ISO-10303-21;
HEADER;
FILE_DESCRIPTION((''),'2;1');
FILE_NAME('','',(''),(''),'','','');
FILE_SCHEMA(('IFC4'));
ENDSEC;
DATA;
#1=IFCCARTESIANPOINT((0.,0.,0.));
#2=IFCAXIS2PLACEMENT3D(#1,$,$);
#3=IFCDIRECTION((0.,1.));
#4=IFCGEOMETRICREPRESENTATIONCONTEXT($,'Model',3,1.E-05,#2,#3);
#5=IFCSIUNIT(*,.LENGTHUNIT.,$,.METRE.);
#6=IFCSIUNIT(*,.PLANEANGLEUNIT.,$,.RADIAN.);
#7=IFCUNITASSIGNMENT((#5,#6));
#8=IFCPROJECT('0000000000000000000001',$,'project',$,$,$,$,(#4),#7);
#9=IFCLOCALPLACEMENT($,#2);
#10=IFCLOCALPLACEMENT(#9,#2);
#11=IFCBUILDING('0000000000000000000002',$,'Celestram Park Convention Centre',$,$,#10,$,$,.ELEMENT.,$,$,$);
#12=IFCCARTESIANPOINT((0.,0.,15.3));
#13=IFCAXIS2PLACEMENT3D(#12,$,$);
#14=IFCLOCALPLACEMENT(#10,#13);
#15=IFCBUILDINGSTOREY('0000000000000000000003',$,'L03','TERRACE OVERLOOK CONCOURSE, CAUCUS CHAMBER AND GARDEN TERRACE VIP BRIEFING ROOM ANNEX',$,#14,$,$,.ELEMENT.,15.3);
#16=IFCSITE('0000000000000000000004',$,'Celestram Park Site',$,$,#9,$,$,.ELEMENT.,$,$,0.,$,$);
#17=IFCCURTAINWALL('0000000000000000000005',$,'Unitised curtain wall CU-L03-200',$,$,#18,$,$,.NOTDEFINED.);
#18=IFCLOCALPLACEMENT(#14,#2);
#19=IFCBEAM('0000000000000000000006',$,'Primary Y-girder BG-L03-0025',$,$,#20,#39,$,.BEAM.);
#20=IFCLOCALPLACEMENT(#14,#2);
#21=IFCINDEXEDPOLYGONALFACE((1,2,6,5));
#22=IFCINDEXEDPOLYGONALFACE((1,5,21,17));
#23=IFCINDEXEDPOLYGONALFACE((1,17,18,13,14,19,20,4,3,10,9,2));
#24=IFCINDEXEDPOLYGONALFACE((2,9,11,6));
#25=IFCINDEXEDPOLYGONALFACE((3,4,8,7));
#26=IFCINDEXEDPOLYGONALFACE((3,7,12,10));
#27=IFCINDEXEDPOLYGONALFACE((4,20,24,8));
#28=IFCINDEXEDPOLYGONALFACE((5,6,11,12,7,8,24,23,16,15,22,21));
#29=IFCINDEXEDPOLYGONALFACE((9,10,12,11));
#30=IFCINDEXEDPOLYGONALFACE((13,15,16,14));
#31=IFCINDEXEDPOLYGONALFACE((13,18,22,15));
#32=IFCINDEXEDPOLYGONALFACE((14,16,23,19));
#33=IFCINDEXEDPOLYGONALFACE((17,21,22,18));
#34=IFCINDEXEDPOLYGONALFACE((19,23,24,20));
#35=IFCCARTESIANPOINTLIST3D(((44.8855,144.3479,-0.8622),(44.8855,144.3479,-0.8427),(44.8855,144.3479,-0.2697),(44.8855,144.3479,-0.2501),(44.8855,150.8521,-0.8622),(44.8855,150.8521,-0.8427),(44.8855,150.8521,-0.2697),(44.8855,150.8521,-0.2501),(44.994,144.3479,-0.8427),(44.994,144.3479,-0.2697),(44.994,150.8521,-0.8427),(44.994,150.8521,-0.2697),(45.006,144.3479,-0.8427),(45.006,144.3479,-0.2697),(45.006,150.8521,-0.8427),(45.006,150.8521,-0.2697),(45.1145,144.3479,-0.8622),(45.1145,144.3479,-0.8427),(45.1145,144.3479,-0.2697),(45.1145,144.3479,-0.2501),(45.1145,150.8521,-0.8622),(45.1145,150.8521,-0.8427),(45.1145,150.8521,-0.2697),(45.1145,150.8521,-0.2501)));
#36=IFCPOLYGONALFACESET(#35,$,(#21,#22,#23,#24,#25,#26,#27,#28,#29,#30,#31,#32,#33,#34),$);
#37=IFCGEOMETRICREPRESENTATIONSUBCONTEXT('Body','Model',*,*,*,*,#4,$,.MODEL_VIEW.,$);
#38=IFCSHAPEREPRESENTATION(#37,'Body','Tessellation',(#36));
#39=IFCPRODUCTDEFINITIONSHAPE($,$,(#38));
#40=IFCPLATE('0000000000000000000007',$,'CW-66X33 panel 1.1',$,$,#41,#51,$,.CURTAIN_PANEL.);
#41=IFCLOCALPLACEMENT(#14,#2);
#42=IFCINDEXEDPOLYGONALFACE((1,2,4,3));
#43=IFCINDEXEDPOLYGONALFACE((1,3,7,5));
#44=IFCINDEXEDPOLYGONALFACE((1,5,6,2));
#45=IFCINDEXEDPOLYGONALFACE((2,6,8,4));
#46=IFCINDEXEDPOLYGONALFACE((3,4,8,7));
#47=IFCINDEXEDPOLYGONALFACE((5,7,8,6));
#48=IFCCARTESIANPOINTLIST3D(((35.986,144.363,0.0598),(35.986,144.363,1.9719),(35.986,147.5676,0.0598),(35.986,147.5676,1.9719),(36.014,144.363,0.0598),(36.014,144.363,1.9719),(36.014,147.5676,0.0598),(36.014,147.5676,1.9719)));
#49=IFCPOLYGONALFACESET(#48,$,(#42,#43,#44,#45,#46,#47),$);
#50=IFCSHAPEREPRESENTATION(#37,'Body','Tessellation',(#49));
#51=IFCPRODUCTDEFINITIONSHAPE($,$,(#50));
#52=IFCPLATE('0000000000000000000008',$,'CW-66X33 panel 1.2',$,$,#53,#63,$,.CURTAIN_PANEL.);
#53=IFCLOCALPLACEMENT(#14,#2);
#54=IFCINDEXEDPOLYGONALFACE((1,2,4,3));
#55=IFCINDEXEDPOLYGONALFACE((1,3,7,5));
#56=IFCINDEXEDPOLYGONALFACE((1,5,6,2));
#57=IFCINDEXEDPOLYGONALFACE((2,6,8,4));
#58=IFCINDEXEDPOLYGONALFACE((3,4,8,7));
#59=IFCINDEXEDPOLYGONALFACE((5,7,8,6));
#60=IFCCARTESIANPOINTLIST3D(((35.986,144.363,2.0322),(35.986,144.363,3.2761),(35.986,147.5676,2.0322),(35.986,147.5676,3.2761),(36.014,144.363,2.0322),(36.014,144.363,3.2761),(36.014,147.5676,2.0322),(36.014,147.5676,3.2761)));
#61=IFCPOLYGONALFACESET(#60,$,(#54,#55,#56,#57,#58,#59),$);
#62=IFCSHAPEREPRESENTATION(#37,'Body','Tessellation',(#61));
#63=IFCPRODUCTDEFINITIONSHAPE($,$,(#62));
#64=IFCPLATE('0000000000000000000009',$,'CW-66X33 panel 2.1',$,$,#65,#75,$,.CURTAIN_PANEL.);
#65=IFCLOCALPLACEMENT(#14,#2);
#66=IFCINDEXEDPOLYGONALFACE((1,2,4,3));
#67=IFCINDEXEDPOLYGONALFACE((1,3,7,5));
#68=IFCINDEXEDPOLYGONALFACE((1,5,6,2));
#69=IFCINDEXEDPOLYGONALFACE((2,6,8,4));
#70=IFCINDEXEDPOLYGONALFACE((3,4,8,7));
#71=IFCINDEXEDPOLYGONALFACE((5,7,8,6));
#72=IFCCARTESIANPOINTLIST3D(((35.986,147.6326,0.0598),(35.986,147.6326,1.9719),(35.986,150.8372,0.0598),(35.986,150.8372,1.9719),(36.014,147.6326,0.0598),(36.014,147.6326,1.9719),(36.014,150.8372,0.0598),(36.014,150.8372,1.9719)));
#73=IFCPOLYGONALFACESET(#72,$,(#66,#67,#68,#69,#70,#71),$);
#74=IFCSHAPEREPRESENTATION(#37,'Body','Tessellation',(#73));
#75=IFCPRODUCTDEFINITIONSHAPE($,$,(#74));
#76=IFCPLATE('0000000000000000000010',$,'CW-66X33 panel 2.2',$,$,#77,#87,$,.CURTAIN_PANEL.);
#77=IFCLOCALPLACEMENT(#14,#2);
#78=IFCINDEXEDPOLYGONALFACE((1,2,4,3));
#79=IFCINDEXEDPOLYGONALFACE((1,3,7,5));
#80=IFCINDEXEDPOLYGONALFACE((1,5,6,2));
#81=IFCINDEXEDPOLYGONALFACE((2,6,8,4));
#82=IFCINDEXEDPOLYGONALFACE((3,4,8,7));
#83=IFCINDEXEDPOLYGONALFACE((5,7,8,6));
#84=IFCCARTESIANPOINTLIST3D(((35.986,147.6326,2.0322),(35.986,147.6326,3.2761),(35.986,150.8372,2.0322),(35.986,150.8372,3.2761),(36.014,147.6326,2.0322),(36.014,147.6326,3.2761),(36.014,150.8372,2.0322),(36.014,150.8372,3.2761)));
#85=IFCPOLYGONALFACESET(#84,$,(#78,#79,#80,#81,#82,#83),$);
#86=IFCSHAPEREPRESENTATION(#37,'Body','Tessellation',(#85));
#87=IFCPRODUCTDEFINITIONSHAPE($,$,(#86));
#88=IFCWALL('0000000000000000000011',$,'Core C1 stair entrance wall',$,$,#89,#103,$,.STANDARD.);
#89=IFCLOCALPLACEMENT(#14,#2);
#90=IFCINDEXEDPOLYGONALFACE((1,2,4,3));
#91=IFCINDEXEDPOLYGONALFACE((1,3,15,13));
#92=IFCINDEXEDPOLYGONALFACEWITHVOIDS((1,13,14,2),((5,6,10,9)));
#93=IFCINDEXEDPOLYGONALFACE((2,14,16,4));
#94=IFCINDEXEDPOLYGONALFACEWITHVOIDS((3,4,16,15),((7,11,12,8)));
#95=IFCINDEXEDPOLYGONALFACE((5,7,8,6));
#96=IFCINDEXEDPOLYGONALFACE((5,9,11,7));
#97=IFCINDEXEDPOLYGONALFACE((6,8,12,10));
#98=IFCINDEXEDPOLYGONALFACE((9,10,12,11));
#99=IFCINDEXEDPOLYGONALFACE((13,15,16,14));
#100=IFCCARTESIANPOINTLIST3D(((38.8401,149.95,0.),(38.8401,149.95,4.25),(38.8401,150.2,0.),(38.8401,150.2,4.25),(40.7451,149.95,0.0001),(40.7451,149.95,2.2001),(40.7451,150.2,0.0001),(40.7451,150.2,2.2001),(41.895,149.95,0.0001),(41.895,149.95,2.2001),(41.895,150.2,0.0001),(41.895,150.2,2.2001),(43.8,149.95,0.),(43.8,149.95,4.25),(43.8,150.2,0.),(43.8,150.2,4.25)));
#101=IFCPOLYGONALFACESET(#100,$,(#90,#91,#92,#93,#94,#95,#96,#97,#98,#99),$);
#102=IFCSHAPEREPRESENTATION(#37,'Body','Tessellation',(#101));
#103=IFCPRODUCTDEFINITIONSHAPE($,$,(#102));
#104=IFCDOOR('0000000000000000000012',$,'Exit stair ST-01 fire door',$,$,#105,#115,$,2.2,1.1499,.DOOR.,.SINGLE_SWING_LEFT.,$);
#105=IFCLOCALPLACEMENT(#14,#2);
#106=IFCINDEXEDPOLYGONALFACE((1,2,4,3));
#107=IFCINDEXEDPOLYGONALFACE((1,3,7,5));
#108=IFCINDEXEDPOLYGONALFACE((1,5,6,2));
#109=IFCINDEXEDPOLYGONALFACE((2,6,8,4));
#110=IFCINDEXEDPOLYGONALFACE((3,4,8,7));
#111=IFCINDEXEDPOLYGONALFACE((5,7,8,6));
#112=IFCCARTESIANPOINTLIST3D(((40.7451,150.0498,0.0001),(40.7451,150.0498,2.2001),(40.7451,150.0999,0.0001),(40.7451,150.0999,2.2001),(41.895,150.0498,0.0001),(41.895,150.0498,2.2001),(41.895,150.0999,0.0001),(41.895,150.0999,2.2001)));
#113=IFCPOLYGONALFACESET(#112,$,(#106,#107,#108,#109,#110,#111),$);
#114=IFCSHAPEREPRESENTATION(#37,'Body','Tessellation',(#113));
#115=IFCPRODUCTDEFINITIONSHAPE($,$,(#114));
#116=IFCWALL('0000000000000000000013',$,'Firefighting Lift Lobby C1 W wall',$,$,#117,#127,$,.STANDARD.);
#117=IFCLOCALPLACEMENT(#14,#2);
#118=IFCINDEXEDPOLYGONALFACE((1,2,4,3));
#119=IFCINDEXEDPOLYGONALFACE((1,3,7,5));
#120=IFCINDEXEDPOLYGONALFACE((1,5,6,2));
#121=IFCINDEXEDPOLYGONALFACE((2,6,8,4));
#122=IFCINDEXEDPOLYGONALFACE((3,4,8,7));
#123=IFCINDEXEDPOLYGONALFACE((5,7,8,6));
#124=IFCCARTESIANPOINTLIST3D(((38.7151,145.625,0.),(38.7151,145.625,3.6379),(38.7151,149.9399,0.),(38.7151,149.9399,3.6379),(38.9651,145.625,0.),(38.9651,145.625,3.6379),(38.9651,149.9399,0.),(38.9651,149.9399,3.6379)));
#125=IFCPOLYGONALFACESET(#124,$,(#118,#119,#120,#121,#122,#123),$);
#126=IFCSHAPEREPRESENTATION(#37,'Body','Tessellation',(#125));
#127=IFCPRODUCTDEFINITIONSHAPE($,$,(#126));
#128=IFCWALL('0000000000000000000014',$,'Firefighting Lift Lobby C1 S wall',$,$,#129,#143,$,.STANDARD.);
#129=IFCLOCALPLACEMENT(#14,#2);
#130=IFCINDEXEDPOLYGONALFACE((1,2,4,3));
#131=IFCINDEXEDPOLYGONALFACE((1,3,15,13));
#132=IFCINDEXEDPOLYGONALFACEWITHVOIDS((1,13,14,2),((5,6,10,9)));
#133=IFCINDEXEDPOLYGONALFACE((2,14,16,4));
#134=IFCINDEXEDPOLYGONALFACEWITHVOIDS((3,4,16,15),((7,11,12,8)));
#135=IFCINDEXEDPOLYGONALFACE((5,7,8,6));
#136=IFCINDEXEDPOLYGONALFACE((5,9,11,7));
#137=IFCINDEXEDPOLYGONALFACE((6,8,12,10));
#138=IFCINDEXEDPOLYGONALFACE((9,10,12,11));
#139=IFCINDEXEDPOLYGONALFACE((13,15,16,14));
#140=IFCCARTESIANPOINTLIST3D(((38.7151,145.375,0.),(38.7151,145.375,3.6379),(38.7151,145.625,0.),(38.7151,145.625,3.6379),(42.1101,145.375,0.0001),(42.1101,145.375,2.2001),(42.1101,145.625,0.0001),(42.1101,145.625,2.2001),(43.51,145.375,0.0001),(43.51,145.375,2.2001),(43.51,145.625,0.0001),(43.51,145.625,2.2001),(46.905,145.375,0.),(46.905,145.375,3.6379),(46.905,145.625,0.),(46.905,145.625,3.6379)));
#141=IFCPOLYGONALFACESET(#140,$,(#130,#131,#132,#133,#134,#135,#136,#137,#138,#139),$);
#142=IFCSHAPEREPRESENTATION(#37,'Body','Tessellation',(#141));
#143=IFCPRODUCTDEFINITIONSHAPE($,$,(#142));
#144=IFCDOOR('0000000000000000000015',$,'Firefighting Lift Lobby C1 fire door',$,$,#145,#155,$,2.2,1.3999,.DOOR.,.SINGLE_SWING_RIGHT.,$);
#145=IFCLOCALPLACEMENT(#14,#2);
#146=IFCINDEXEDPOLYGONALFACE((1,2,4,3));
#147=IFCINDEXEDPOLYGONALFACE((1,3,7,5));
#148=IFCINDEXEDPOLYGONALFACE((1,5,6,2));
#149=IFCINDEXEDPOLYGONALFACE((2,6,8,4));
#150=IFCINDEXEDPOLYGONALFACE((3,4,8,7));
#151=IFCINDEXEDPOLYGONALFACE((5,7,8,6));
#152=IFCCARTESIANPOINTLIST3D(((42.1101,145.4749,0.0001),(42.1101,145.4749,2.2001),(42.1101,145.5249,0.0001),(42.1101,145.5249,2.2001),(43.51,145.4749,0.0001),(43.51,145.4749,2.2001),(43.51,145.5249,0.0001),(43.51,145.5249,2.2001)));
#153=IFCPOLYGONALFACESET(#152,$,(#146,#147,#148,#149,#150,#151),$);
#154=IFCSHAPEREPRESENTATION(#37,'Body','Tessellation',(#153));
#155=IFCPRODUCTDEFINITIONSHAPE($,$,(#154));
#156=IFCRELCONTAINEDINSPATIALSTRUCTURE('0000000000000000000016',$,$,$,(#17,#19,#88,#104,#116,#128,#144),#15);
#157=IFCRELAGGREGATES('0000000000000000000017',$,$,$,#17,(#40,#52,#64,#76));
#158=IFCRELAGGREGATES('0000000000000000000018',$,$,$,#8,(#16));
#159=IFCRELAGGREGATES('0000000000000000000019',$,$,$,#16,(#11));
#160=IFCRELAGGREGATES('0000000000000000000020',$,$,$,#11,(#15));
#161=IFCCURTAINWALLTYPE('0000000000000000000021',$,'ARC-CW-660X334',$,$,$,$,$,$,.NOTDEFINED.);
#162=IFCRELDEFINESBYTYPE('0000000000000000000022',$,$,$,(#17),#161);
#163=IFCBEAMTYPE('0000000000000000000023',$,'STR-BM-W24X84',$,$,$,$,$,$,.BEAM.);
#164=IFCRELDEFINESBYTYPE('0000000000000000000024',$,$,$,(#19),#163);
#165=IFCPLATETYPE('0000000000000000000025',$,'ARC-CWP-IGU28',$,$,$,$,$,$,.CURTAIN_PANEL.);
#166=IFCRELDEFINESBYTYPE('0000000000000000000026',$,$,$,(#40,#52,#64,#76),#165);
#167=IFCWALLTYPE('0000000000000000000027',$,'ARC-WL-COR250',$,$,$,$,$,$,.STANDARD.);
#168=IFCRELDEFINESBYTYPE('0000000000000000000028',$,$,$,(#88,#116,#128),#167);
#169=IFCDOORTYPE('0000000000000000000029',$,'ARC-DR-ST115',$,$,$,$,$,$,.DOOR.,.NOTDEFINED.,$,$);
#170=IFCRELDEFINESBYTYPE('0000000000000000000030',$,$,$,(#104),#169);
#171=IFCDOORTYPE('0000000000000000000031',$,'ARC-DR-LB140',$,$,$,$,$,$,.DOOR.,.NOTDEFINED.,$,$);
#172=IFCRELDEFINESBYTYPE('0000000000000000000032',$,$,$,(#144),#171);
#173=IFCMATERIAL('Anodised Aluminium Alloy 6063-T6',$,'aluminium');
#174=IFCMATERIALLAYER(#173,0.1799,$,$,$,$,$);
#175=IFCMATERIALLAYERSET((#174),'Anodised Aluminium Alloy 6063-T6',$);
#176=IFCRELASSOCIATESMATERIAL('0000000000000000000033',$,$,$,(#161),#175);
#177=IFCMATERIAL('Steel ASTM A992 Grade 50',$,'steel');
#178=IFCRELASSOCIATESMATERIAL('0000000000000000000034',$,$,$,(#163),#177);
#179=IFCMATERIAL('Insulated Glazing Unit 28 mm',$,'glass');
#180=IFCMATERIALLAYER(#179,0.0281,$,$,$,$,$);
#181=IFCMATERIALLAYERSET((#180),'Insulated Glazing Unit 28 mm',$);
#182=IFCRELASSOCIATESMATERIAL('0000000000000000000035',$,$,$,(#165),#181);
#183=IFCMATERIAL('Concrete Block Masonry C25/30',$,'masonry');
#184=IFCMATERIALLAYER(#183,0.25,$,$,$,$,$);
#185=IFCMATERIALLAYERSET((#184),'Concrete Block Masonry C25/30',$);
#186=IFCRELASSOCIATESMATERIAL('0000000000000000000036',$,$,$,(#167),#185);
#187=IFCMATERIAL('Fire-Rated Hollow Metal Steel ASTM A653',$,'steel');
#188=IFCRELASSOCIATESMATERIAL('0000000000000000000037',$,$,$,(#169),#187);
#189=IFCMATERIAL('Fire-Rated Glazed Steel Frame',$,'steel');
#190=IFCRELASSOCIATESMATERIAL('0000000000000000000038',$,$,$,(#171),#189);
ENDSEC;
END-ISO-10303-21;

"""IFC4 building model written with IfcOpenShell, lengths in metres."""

from ifc_helpers import new_model, si_unit, direction, frame, frame_2d, origin, origin_2d, place, context, subcontext, project, spatial, rectangle, i_section, extrude, material, layer, layer_set, material_profile, profile_set, type_object, element, fill, aggregate, save


model = new_model("IFC4")

# Units and contexts
model_context = context("Model", 3, precision=1e-05, world=origin(), true_north=direction((0.0, 1.0)))
body_context = subcontext(model_context, "Body", "Model", "MODEL_VIEW")
ifc_project = project(units=[si_unit("LENGTHUNIT", "METRE"), si_unit("PLANEANGLEUNIT", "RADIAN")], contexts=[model_context])

# Site, building, storey
site_placement = place(None, origin())
site = spatial("IfcSite", under=ifc_project, at=site_placement, Name="Celestram Park Site", CompositionType="ELEMENT", RefElevation=0.0)
building_placement = place(site_placement, origin())
building = spatial("IfcBuilding", under=site, at=building_placement, Name="Celestram Park Convention Centre", CompositionType="ELEMENT")
storey_placement = place(building_placement, frame((0.0, 0.0, 15.3)))
storey = spatial("IfcBuildingStorey", under=building, at=storey_placement, Name="L03", Description="TERRACE OVERLOOK CONCOURSE, CAUCUS CHAMBER AND GARDEN TERRACE VIP BRIEFING ROOM ANNEX", CompositionType="ELEMENT", Elevation=15.3)

# Curtain wall
ifc_material_1 = material(Name="Anodised Aluminium Alloy 6063-T6", Category="aluminium")
ifc_layer_1 = layer(ifc_material_1, 0.1799)
ifc_layer_set_1 = layer_set([ifc_layer_1], Name="Anodised Aluminium Alloy 6063-T6")
curtain_wall_type = type_object("IfcCurtainWallType", Name="ARC-CW-660X334", PredefinedType="NOTDEFINED", material=ifc_layer_set_1)
curtain_wall_placement = place(storey_placement, origin())
curtain_wall = element("IfcCurtainWall", 1, at=curtain_wall_placement, inside=storey, type_object=curtain_wall_type, Name="Unitised curtain wall CU-L03-200", PredefinedType="NOTDEFINED")

# Beam
ifc_material_2 = material(Name="Steel ASTM A992 Grade 50", Category="steel")
ifc_material_profile_1 = material_profile(ifc_material_2, i_section(OverallWidth=0.229, OverallDepth=0.6121, WebThickness=0.012, FlangeThickness=0.0195, at=origin_2d()), Name="W24X84")
ifc_profile_set_1 = profile_set([ifc_material_profile_1], Name="Steel ASTM A992 Grade 50")
beam_type_1 = type_object("IfcBeamType", Name="STR-BM-W24X84", PredefinedType="BEAM", material=ifc_profile_set_1)
for number, where, z_axis, x_axis, name in (
    (2, (45.0, 144.3479, -0.5562), (0.0, 1.0, 0.0), (-1.0, 0.0, 0.0), "Primary Y-girder BG-L03-0025"),
):
    element("IfcBeam", number, at=place(storey_placement, frame(where, z_axis=z_axis, x_axis=x_axis)), inside=storey, type_object=beam_type_1, Name=name, PredefinedType="BEAM", context=body_context, shape_type="SweptSolid", body=[
        extrude(i_section(OverallWidth=0.229, OverallDepth=0.6121, WebThickness=0.012, FlangeThickness=0.0195, at=origin_2d()), origin(), (0.0, 0.0, 1.0), 6.5042),
    ])

# Plates
ifc_material_3 = material(Name="Insulated Glazing Unit 28 mm", Category="glass")
ifc_layer_2 = layer(ifc_material_3, 0.0281)
ifc_layer_set_2 = layer_set([ifc_layer_2], Name="Insulated Glazing Unit 28 mm")
plate_type = type_object("IfcPlateType", Name="ARC-CWP-IGU28", PredefinedType="CURTAIN_PANEL", material=ifc_layer_set_2)
plate_1_placement = place(storey_placement, frame((36.0, 145.9653, 0.0598), z_axis=(0.0, 0.0, 1.0), x_axis=(0.0, 1.0, 0.0)))
plate_1 = element("IfcPlate", 3, at=plate_1_placement, type_object=plate_type, Name="CW-66X33 panel 1.1", PredefinedType="CURTAIN_PANEL", context=body_context, shape_type="SweptSolid", body=[
    extrude(rectangle(XDim=3.2046, YDim=0.0281, at=origin_2d()), origin(), (0.0, 0.0, 1.0), 1.9121),
])
plate_2_placement = place(storey_placement, frame((36.0, 145.9653, 2.0322), z_axis=(0.0, 0.0, 1.0), x_axis=(0.0, 1.0, 0.0)))
plate_2 = element("IfcPlate", 4, at=plate_2_placement, type_object=plate_type, Name="CW-66X33 panel 1.2", PredefinedType="CURTAIN_PANEL", context=body_context, shape_type="SweptSolid", body=[
    extrude(rectangle(XDim=3.2046, YDim=0.0281, at=origin_2d()), origin(), (0.0, 0.0, 1.0), 1.2439),
])
plate_3_placement = place(storey_placement, frame((36.0, 149.2349, 0.0598), z_axis=(0.0, 0.0, 1.0), x_axis=(0.0, 1.0, 0.0)))
plate_3 = element("IfcPlate", 5, at=plate_3_placement, type_object=plate_type, Name="CW-66X33 panel 2.1", PredefinedType="CURTAIN_PANEL", context=body_context, shape_type="SweptSolid", body=[
    extrude(rectangle(XDim=3.2046, YDim=0.0281, at=origin_2d()), origin(), (0.0, 0.0, 1.0), 1.9121),
])
plate_4_placement = place(storey_placement, frame((36.0, 149.2349, 2.0322), z_axis=(0.0, 0.0, 1.0), x_axis=(0.0, 1.0, 0.0)))
plate_4 = element("IfcPlate", 6, at=plate_4_placement, type_object=plate_type, Name="CW-66X33 panel 2.2", PredefinedType="CURTAIN_PANEL", context=body_context, shape_type="SweptSolid", body=[
    extrude(rectangle(XDim=3.2046, YDim=0.0281, at=origin_2d()), origin(), (0.0, 0.0, 1.0), 1.2439),
])
aggregate(curtain_wall, [plate_1, plate_2, plate_3, plate_4])

# Wall, opening, door
ifc_material_4 = material(Name="Concrete Block Masonry C25/30", Category="masonry")
ifc_layer_3 = layer(ifc_material_4, 0.25)
ifc_layer_set_3 = layer_set([ifc_layer_3], Name="Concrete Block Masonry C25/30")
wall_type_1 = type_object("IfcWallType", Name="ARC-WL-COR250", PredefinedType="STANDARD", material=ifc_layer_set_3)
wall_1_placement = place(storey_placement, frame((38.8401, 150.075, 0.0), z_axis=(0.0, 0.0, 1.0), x_axis=(1.0, 0.0, 0.0)))
wall_1 = element("IfcWall", 7, at=wall_1_placement, inside=storey, type_object=wall_type_1, Name="Core C1 stair entrance wall", PredefinedType="STANDARD", context=body_context, shape_type="SweptSolid", body=[
    extrude(rectangle(XDim=4.96, YDim=0.25, at=frame_2d((2.48, 0.0))), origin(), (0.0, 0.0, 1.0), 4.25),
])
opening_1_placement = place(wall_1_placement, frame((1.905, 0.0, 0.0)))
opening_1 = element("IfcOpeningElement", 8, at=opening_1_placement, cuts=wall_1, PredefinedType="OPENING", context=body_context, shape_type="SweptSolid", body=[
    extrude(rectangle(XDim=1.1499, YDim=2.2, at=frame_2d((0.575, 1.1001))), frame((0.0, 0.135, 0.0), z_axis=(0.0, -1.0, 0.0), x_axis=(1.0, 0.0, 0.0)), (0.0, 0.0, 1.0), 0.27),
])
ifc_material_5 = material(Name="Fire-Rated Hollow Metal Steel ASTM A653", Category="steel")
door_type_1 = type_object("IfcDoorType", Name="ARC-DR-ST115", OperationType="NOTDEFINED", PredefinedType="DOOR", material=ifc_material_5)
door_1_placement = place(opening_1_placement, origin())
door_1 = element("IfcDoor", 9, at=door_1_placement, inside=storey, type_object=door_type_1, Name="Exit stair ST-01 fire door", OperationType="SINGLE_SWING_LEFT", OverallHeight=2.2, OverallWidth=1.1499, PredefinedType="DOOR", context=body_context, shape_type="SweptSolid", body=[
    extrude(rectangle(XDim=1.1499, YDim=2.2, at=frame_2d((0.575, 1.1001))), frame((0.0, 0.0249, 0.0), z_axis=(0.0, -1.0, 0.0), x_axis=(1.0, 0.0, 0.0)), (0.0, 0.0, 1.0), 0.05),
])
fill(opening_1, door_1)

# Wall
wall_2_placement = place(storey_placement, frame((38.8401, 149.9399, 0.0), z_axis=(0.0, 0.0, 1.0), x_axis=(0.0, -1.0, 0.0)))
element("IfcWall", 10, at=wall_2_placement, inside=storey, type_object=wall_type_1, Name="Firefighting Lift Lobby C1 W wall", PredefinedType="STANDARD", context=body_context, shape_type="SweptSolid", body=[
    extrude(rectangle(XDim=4.3149, YDim=0.25, at=frame_2d((2.1575, 0.0))), origin(), (0.0, 0.0, 1.0), 3.6379),
])

# Wall, opening, door
wall_3_placement = place(storey_placement, frame((38.7151, 145.5, 0.0), z_axis=(0.0, 0.0, 1.0), x_axis=(1.0, 0.0, 0.0)))
wall_3 = element("IfcWall", 11, at=wall_3_placement, inside=storey, type_object=wall_type_1, Name="Firefighting Lift Lobby C1 S wall", PredefinedType="STANDARD", context=body_context, shape_type="SweptSolid", body=[
    extrude(rectangle(XDim=8.1899, YDim=0.25, at=frame_2d((4.095, 0.0))), origin(), (0.0, 0.0, 1.0), 3.6379),
])
opening_2_placement = place(wall_3_placement, frame((3.395, 0.0, 0.0)))
opening_2 = element("IfcOpeningElement", 12, at=opening_2_placement, cuts=wall_3, PredefinedType="OPENING", context=body_context, shape_type="SweptSolid", body=[
    extrude(rectangle(XDim=1.3999, YDim=2.2, at=frame_2d((0.7, 1.1001))), frame((0.0, 0.135, 0.0), z_axis=(0.0, -1.0, 0.0), x_axis=(1.0, 0.0, 0.0)), (0.0, 0.0, 1.0), 0.27),
])
ifc_material_6 = material(Name="Fire-Rated Glazed Steel Frame", Category="steel")
door_type_2 = type_object("IfcDoorType", Name="ARC-DR-LB140", OperationType="NOTDEFINED", PredefinedType="DOOR", material=ifc_material_6)
door_2_placement = place(opening_2_placement, origin())
door_2 = element("IfcDoor", 13, at=door_2_placement, inside=storey, type_object=door_type_2, Name="Firefighting Lift Lobby C1 fire door", OperationType="SINGLE_SWING_RIGHT", OverallHeight=2.2, OverallWidth=1.3999, PredefinedType="DOOR", context=body_context, shape_type="SweptSolid", body=[
    extrude(rectangle(XDim=1.3999, YDim=2.2, at=frame_2d((0.7, 1.1001))), frame((0.0, 0.0249, 0.0), z_axis=(0.0, -1.0, 0.0), x_axis=(1.0, 0.0, 0.0)), (0.0, 0.0, 1.0), 0.05),
])
fill(opening_2, door_2)

save(model, "model.ifc")
